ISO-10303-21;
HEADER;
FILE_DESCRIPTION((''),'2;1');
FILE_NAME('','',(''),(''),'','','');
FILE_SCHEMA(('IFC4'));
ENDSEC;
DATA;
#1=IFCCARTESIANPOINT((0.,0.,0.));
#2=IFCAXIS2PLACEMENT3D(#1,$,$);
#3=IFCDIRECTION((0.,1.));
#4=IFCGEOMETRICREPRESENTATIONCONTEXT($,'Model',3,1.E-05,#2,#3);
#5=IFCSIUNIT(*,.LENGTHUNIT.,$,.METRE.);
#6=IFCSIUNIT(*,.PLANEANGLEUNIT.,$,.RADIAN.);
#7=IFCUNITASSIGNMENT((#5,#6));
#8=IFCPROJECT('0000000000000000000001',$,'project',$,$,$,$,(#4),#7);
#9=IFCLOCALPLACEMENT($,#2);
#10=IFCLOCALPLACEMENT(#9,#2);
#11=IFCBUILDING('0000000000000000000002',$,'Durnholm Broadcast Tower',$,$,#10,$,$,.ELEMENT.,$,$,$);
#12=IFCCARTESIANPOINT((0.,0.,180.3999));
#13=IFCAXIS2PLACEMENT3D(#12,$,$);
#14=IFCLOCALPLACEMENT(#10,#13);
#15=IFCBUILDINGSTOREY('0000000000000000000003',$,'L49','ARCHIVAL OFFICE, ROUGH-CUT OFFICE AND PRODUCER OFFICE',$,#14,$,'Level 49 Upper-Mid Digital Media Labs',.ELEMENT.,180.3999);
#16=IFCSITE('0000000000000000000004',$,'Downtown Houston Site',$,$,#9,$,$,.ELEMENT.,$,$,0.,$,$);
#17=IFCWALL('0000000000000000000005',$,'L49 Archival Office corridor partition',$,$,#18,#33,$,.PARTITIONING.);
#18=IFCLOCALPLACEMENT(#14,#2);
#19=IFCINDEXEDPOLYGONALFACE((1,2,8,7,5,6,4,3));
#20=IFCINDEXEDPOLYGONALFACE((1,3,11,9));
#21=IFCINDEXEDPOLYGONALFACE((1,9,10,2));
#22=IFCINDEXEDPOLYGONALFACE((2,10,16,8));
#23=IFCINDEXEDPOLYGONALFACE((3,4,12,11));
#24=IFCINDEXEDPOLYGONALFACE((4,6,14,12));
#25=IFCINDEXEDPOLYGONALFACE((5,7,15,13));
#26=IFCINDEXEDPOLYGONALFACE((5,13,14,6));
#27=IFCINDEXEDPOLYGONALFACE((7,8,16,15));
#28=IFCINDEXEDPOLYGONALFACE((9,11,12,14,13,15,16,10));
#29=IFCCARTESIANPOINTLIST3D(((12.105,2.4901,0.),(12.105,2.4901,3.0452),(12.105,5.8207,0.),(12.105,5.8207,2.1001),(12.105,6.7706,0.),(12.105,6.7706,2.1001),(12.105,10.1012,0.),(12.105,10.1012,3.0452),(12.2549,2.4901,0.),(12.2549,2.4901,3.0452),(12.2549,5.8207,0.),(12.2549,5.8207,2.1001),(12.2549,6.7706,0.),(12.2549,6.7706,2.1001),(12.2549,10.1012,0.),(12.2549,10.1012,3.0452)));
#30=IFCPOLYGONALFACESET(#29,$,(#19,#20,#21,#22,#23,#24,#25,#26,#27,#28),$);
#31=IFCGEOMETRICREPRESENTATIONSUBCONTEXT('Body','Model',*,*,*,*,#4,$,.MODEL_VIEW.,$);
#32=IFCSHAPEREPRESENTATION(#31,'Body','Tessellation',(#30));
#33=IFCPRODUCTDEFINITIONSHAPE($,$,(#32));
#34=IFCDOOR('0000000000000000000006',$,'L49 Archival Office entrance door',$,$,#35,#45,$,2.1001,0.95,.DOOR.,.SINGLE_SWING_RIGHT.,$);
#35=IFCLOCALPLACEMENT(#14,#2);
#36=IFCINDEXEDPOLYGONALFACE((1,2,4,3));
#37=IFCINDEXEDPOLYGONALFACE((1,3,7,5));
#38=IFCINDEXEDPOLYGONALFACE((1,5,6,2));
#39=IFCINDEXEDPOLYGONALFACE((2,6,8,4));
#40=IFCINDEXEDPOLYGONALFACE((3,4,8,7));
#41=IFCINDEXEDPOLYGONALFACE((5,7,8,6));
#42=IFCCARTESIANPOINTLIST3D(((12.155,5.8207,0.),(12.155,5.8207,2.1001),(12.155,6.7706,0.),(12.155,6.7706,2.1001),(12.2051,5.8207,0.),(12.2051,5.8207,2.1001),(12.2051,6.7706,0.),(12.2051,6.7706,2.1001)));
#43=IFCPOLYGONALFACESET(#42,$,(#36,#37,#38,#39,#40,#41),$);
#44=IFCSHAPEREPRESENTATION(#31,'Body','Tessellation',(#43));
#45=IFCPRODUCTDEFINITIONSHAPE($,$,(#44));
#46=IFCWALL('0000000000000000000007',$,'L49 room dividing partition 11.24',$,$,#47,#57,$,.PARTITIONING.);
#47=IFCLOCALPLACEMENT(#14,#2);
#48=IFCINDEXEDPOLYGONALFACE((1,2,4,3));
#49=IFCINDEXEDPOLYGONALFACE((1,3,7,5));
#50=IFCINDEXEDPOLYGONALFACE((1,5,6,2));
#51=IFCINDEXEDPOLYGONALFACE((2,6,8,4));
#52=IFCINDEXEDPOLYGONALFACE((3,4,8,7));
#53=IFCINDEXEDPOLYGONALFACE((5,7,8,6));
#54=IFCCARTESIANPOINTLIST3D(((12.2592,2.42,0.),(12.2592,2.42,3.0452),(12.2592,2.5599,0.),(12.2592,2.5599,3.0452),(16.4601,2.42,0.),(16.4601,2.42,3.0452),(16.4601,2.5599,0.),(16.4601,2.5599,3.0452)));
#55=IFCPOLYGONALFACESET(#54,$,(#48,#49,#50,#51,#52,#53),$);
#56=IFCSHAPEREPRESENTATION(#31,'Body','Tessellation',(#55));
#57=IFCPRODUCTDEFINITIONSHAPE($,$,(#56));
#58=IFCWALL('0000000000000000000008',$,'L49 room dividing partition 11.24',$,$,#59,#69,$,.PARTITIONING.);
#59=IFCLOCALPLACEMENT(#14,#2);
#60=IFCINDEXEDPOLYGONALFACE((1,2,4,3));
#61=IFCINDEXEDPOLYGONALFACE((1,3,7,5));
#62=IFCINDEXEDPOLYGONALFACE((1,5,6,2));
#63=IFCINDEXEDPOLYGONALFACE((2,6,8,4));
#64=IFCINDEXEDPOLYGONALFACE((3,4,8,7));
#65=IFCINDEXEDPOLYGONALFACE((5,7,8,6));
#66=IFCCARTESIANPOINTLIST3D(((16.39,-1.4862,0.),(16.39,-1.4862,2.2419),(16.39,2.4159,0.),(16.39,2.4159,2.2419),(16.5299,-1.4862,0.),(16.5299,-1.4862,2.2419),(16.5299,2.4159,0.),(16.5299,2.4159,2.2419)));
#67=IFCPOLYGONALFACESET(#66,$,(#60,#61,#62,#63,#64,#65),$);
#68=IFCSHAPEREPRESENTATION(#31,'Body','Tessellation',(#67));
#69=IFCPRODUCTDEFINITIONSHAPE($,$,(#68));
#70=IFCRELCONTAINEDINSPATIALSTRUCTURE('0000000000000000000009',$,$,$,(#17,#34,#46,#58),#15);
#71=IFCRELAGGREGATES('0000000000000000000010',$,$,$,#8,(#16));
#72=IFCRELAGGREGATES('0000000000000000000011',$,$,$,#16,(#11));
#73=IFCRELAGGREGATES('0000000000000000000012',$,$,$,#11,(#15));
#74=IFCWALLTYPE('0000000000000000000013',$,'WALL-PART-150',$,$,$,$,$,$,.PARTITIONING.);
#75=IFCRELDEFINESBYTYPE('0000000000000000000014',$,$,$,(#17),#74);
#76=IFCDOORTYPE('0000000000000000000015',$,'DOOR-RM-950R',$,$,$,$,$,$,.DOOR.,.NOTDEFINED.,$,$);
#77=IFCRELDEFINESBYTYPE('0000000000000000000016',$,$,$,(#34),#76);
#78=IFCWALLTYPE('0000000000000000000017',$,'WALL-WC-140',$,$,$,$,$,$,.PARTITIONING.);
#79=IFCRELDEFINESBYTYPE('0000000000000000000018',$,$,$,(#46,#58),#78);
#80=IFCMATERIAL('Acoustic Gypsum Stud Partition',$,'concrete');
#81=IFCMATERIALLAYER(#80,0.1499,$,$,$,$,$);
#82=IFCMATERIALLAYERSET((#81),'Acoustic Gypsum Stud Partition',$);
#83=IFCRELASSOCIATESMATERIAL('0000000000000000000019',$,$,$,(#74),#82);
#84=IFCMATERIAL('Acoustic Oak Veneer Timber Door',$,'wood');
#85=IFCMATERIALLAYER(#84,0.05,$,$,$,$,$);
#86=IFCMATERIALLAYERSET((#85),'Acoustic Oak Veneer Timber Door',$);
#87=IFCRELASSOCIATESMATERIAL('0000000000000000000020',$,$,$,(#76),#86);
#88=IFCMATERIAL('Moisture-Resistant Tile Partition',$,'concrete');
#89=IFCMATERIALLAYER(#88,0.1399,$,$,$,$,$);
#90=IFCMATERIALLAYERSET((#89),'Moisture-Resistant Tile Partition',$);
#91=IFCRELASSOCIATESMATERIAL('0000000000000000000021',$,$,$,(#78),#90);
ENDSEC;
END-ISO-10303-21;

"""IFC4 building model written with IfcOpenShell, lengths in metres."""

from ifc_helpers import new_model, si_unit, direction, frame, frame_2d, origin, place, context, subcontext, project, spatial, rectangle, extrude, source, transform, mapped, material, layer, layer_set, type_object, type_shapes, element, fill, save


model = new_model("IFC4")

# Units and contexts
model_context = context("Model", 3, precision=1e-05, world=origin(), true_north=direction((0.0, 1.0)))
body_context = subcontext(model_context, "Body", "Model", "MODEL_VIEW")
ifc_project = project(units=[si_unit("LENGTHUNIT", "METRE"), si_unit("PLANEANGLEUNIT", "RADIAN")], contexts=[model_context])

# Site, building, storey
site_placement = place(None, origin())
site = spatial("IfcSite", under=ifc_project, at=site_placement, Name="Downtown Houston Site", CompositionType="ELEMENT", RefElevation=0.0)
building_placement = place(site_placement, origin())
building = spatial("IfcBuilding", under=site, at=building_placement, Name="Durnholm Broadcast Tower", CompositionType="ELEMENT")
storey_placement = place(building_placement, frame((0.0, 0.0, 180.3999)))
storey = spatial("IfcBuildingStorey", under=building, at=storey_placement, Name="L49", Description="ARCHIVAL OFFICE, ROUGH-CUT OFFICE AND PRODUCER OFFICE", LongName="Level 49 Upper-Mid Digital Media Labs", CompositionType="ELEMENT", Elevation=180.3999)

# Wall, opening, door
ifc_material_1 = material(Name="Acoustic Gypsum Stud Partition", Category="concrete")
ifc_layer_1 = layer(ifc_material_1, 0.1499)
ifc_layer_set_1 = layer_set([ifc_layer_1], Name="Acoustic Gypsum Stud Partition")
wall_type_1 = type_object("IfcWallType", Name="WALL-PART-150", PredefinedType="PARTITIONING", material=ifc_layer_set_1)
ifc_material_2 = material(Name="Acoustic Oak Veneer Timber Door", Category="wood")
wall_1_placement = place(storey_placement, frame((12.1799, 2.49, 0.0), z_axis=(0.0, 0.0, 1.0), x_axis=(0.0, 1.0, 0.0)))
wall_1 = element("IfcWall", 1, at=wall_1_placement, inside=storey, type_object=wall_type_1, Name="L49 Archival Office corridor partition", PredefinedType="PARTITIONING", context=body_context, shape_type="SweptSolid", body=[
    extrude(rectangle(XDim=7.6111, YDim=0.1499, at=frame_2d((3.8057, 0.0))), origin(), (0.0, 0.0, 1.0), 3.0452),
])
opening_1_placement = place(wall_1_placement, frame((3.3306, 0.0, 0.0)))
opening_1 = element("IfcOpeningElement", 2, at=opening_1_placement, cuts=wall_1, PredefinedType="OPENING", context=body_context, shape_type="SweptSolid", body=[
    extrude(rectangle(XDim=0.95, YDim=2.1001, at=frame_2d((0.4751, 1.05))), frame((0.0, 0.085, 0.0), z_axis=(0.0, -1.0, 0.0), x_axis=(1.0, 0.0, 0.0)), (0.0, 0.0, 1.0), 0.1699),
])
ifc_layer_2 = layer(ifc_material_2, 0.05)
ifc_layer_set_2 = layer_set([ifc_layer_2], Name="Acoustic Oak Veneer Timber Door")
door_type_1 = type_object("IfcDoorType", Name="DOOR-RM-950R", OperationType="NOTDEFINED", PredefinedType="DOOR", material=ifc_layer_set_2)
shared_shape_1 = source(origin(), body_context, "Body", "SweptSolid", [
    extrude(rectangle(XDim=0.95, YDim=2.1001, at=frame_2d((0.4751, 1.05))), frame((0.0, 0.0249, 0.0), z_axis=(0.0, -1.0, 0.0), x_axis=(1.0, 0.0, 0.0)), (0.0, 0.0, 1.0), 0.05),
])
type_shapes(door_type_1, [shared_shape_1])
door_1_placement = place(opening_1_placement, origin())
door_1 = element("IfcDoor", 3, at=door_1_placement, inside=storey, type_object=door_type_1, Name="L49 Archival Office entrance door", OperationType="SINGLE_SWING_RIGHT", OverallHeight=2.1001, OverallWidth=0.95, PredefinedType="DOOR", context=body_context, shape_type="MappedRepresentation", body=[
    mapped(shared_shape_1, transform((0.0, 0.0, 0.0), x_axis=(1.0, 0.0, 0.0), y_axis=(0.0, 1.0, 0.0), z_axis=(0.0, 0.0, 1.0), scale=1.0)),
])
fill(opening_1, door_1)

# Walls
ifc_material_3 = material(Name="Moisture-Resistant Tile Partition", Category="concrete")
ifc_layer_3 = layer(ifc_material_3, 0.1399)
ifc_layer_set_3 = layer_set([ifc_layer_3], Name="Moisture-Resistant Tile Partition")
wall_type_2 = type_object("IfcWallType", Name="WALL-WC-140", PredefinedType="PARTITIONING", material=ifc_layer_set_3)
wall_2_placement = place(storey_placement, frame((12.259, 2.49, 0.0), z_axis=(0.0, 0.0, 1.0), x_axis=(1.0, 0.0, 0.0)))
element("IfcWall", 4, at=wall_2_placement, inside=storey, type_object=wall_type_2, Name="L49 room dividing partition 11.24", PredefinedType="PARTITIONING", context=body_context, shape_type="SweptSolid", body=[
    extrude(rectangle(XDim=4.2009, YDim=0.1399, at=frame_2d((2.1006, 0.0))), origin(), (0.0, 0.0, 1.0), 3.0452),
])
wall_3_placement = place(storey_placement, frame((16.46, 2.416, 0.0), z_axis=(0.0, 0.0, 1.0), x_axis=(0.0, -1.0, 0.0)))
element("IfcWall", 5, at=wall_3_placement, inside=storey, type_object=wall_type_2, Name="L49 room dividing partition 11.24", PredefinedType="PARTITIONING", context=body_context, shape_type="SweptSolid", body=[
    extrude(rectangle(XDim=3.9021, YDim=0.1399, at=frame_2d((1.9512, 0.0))), origin(), (0.0, 0.0, 1.0), 2.2419),
])

save(model, "model.ifc")
